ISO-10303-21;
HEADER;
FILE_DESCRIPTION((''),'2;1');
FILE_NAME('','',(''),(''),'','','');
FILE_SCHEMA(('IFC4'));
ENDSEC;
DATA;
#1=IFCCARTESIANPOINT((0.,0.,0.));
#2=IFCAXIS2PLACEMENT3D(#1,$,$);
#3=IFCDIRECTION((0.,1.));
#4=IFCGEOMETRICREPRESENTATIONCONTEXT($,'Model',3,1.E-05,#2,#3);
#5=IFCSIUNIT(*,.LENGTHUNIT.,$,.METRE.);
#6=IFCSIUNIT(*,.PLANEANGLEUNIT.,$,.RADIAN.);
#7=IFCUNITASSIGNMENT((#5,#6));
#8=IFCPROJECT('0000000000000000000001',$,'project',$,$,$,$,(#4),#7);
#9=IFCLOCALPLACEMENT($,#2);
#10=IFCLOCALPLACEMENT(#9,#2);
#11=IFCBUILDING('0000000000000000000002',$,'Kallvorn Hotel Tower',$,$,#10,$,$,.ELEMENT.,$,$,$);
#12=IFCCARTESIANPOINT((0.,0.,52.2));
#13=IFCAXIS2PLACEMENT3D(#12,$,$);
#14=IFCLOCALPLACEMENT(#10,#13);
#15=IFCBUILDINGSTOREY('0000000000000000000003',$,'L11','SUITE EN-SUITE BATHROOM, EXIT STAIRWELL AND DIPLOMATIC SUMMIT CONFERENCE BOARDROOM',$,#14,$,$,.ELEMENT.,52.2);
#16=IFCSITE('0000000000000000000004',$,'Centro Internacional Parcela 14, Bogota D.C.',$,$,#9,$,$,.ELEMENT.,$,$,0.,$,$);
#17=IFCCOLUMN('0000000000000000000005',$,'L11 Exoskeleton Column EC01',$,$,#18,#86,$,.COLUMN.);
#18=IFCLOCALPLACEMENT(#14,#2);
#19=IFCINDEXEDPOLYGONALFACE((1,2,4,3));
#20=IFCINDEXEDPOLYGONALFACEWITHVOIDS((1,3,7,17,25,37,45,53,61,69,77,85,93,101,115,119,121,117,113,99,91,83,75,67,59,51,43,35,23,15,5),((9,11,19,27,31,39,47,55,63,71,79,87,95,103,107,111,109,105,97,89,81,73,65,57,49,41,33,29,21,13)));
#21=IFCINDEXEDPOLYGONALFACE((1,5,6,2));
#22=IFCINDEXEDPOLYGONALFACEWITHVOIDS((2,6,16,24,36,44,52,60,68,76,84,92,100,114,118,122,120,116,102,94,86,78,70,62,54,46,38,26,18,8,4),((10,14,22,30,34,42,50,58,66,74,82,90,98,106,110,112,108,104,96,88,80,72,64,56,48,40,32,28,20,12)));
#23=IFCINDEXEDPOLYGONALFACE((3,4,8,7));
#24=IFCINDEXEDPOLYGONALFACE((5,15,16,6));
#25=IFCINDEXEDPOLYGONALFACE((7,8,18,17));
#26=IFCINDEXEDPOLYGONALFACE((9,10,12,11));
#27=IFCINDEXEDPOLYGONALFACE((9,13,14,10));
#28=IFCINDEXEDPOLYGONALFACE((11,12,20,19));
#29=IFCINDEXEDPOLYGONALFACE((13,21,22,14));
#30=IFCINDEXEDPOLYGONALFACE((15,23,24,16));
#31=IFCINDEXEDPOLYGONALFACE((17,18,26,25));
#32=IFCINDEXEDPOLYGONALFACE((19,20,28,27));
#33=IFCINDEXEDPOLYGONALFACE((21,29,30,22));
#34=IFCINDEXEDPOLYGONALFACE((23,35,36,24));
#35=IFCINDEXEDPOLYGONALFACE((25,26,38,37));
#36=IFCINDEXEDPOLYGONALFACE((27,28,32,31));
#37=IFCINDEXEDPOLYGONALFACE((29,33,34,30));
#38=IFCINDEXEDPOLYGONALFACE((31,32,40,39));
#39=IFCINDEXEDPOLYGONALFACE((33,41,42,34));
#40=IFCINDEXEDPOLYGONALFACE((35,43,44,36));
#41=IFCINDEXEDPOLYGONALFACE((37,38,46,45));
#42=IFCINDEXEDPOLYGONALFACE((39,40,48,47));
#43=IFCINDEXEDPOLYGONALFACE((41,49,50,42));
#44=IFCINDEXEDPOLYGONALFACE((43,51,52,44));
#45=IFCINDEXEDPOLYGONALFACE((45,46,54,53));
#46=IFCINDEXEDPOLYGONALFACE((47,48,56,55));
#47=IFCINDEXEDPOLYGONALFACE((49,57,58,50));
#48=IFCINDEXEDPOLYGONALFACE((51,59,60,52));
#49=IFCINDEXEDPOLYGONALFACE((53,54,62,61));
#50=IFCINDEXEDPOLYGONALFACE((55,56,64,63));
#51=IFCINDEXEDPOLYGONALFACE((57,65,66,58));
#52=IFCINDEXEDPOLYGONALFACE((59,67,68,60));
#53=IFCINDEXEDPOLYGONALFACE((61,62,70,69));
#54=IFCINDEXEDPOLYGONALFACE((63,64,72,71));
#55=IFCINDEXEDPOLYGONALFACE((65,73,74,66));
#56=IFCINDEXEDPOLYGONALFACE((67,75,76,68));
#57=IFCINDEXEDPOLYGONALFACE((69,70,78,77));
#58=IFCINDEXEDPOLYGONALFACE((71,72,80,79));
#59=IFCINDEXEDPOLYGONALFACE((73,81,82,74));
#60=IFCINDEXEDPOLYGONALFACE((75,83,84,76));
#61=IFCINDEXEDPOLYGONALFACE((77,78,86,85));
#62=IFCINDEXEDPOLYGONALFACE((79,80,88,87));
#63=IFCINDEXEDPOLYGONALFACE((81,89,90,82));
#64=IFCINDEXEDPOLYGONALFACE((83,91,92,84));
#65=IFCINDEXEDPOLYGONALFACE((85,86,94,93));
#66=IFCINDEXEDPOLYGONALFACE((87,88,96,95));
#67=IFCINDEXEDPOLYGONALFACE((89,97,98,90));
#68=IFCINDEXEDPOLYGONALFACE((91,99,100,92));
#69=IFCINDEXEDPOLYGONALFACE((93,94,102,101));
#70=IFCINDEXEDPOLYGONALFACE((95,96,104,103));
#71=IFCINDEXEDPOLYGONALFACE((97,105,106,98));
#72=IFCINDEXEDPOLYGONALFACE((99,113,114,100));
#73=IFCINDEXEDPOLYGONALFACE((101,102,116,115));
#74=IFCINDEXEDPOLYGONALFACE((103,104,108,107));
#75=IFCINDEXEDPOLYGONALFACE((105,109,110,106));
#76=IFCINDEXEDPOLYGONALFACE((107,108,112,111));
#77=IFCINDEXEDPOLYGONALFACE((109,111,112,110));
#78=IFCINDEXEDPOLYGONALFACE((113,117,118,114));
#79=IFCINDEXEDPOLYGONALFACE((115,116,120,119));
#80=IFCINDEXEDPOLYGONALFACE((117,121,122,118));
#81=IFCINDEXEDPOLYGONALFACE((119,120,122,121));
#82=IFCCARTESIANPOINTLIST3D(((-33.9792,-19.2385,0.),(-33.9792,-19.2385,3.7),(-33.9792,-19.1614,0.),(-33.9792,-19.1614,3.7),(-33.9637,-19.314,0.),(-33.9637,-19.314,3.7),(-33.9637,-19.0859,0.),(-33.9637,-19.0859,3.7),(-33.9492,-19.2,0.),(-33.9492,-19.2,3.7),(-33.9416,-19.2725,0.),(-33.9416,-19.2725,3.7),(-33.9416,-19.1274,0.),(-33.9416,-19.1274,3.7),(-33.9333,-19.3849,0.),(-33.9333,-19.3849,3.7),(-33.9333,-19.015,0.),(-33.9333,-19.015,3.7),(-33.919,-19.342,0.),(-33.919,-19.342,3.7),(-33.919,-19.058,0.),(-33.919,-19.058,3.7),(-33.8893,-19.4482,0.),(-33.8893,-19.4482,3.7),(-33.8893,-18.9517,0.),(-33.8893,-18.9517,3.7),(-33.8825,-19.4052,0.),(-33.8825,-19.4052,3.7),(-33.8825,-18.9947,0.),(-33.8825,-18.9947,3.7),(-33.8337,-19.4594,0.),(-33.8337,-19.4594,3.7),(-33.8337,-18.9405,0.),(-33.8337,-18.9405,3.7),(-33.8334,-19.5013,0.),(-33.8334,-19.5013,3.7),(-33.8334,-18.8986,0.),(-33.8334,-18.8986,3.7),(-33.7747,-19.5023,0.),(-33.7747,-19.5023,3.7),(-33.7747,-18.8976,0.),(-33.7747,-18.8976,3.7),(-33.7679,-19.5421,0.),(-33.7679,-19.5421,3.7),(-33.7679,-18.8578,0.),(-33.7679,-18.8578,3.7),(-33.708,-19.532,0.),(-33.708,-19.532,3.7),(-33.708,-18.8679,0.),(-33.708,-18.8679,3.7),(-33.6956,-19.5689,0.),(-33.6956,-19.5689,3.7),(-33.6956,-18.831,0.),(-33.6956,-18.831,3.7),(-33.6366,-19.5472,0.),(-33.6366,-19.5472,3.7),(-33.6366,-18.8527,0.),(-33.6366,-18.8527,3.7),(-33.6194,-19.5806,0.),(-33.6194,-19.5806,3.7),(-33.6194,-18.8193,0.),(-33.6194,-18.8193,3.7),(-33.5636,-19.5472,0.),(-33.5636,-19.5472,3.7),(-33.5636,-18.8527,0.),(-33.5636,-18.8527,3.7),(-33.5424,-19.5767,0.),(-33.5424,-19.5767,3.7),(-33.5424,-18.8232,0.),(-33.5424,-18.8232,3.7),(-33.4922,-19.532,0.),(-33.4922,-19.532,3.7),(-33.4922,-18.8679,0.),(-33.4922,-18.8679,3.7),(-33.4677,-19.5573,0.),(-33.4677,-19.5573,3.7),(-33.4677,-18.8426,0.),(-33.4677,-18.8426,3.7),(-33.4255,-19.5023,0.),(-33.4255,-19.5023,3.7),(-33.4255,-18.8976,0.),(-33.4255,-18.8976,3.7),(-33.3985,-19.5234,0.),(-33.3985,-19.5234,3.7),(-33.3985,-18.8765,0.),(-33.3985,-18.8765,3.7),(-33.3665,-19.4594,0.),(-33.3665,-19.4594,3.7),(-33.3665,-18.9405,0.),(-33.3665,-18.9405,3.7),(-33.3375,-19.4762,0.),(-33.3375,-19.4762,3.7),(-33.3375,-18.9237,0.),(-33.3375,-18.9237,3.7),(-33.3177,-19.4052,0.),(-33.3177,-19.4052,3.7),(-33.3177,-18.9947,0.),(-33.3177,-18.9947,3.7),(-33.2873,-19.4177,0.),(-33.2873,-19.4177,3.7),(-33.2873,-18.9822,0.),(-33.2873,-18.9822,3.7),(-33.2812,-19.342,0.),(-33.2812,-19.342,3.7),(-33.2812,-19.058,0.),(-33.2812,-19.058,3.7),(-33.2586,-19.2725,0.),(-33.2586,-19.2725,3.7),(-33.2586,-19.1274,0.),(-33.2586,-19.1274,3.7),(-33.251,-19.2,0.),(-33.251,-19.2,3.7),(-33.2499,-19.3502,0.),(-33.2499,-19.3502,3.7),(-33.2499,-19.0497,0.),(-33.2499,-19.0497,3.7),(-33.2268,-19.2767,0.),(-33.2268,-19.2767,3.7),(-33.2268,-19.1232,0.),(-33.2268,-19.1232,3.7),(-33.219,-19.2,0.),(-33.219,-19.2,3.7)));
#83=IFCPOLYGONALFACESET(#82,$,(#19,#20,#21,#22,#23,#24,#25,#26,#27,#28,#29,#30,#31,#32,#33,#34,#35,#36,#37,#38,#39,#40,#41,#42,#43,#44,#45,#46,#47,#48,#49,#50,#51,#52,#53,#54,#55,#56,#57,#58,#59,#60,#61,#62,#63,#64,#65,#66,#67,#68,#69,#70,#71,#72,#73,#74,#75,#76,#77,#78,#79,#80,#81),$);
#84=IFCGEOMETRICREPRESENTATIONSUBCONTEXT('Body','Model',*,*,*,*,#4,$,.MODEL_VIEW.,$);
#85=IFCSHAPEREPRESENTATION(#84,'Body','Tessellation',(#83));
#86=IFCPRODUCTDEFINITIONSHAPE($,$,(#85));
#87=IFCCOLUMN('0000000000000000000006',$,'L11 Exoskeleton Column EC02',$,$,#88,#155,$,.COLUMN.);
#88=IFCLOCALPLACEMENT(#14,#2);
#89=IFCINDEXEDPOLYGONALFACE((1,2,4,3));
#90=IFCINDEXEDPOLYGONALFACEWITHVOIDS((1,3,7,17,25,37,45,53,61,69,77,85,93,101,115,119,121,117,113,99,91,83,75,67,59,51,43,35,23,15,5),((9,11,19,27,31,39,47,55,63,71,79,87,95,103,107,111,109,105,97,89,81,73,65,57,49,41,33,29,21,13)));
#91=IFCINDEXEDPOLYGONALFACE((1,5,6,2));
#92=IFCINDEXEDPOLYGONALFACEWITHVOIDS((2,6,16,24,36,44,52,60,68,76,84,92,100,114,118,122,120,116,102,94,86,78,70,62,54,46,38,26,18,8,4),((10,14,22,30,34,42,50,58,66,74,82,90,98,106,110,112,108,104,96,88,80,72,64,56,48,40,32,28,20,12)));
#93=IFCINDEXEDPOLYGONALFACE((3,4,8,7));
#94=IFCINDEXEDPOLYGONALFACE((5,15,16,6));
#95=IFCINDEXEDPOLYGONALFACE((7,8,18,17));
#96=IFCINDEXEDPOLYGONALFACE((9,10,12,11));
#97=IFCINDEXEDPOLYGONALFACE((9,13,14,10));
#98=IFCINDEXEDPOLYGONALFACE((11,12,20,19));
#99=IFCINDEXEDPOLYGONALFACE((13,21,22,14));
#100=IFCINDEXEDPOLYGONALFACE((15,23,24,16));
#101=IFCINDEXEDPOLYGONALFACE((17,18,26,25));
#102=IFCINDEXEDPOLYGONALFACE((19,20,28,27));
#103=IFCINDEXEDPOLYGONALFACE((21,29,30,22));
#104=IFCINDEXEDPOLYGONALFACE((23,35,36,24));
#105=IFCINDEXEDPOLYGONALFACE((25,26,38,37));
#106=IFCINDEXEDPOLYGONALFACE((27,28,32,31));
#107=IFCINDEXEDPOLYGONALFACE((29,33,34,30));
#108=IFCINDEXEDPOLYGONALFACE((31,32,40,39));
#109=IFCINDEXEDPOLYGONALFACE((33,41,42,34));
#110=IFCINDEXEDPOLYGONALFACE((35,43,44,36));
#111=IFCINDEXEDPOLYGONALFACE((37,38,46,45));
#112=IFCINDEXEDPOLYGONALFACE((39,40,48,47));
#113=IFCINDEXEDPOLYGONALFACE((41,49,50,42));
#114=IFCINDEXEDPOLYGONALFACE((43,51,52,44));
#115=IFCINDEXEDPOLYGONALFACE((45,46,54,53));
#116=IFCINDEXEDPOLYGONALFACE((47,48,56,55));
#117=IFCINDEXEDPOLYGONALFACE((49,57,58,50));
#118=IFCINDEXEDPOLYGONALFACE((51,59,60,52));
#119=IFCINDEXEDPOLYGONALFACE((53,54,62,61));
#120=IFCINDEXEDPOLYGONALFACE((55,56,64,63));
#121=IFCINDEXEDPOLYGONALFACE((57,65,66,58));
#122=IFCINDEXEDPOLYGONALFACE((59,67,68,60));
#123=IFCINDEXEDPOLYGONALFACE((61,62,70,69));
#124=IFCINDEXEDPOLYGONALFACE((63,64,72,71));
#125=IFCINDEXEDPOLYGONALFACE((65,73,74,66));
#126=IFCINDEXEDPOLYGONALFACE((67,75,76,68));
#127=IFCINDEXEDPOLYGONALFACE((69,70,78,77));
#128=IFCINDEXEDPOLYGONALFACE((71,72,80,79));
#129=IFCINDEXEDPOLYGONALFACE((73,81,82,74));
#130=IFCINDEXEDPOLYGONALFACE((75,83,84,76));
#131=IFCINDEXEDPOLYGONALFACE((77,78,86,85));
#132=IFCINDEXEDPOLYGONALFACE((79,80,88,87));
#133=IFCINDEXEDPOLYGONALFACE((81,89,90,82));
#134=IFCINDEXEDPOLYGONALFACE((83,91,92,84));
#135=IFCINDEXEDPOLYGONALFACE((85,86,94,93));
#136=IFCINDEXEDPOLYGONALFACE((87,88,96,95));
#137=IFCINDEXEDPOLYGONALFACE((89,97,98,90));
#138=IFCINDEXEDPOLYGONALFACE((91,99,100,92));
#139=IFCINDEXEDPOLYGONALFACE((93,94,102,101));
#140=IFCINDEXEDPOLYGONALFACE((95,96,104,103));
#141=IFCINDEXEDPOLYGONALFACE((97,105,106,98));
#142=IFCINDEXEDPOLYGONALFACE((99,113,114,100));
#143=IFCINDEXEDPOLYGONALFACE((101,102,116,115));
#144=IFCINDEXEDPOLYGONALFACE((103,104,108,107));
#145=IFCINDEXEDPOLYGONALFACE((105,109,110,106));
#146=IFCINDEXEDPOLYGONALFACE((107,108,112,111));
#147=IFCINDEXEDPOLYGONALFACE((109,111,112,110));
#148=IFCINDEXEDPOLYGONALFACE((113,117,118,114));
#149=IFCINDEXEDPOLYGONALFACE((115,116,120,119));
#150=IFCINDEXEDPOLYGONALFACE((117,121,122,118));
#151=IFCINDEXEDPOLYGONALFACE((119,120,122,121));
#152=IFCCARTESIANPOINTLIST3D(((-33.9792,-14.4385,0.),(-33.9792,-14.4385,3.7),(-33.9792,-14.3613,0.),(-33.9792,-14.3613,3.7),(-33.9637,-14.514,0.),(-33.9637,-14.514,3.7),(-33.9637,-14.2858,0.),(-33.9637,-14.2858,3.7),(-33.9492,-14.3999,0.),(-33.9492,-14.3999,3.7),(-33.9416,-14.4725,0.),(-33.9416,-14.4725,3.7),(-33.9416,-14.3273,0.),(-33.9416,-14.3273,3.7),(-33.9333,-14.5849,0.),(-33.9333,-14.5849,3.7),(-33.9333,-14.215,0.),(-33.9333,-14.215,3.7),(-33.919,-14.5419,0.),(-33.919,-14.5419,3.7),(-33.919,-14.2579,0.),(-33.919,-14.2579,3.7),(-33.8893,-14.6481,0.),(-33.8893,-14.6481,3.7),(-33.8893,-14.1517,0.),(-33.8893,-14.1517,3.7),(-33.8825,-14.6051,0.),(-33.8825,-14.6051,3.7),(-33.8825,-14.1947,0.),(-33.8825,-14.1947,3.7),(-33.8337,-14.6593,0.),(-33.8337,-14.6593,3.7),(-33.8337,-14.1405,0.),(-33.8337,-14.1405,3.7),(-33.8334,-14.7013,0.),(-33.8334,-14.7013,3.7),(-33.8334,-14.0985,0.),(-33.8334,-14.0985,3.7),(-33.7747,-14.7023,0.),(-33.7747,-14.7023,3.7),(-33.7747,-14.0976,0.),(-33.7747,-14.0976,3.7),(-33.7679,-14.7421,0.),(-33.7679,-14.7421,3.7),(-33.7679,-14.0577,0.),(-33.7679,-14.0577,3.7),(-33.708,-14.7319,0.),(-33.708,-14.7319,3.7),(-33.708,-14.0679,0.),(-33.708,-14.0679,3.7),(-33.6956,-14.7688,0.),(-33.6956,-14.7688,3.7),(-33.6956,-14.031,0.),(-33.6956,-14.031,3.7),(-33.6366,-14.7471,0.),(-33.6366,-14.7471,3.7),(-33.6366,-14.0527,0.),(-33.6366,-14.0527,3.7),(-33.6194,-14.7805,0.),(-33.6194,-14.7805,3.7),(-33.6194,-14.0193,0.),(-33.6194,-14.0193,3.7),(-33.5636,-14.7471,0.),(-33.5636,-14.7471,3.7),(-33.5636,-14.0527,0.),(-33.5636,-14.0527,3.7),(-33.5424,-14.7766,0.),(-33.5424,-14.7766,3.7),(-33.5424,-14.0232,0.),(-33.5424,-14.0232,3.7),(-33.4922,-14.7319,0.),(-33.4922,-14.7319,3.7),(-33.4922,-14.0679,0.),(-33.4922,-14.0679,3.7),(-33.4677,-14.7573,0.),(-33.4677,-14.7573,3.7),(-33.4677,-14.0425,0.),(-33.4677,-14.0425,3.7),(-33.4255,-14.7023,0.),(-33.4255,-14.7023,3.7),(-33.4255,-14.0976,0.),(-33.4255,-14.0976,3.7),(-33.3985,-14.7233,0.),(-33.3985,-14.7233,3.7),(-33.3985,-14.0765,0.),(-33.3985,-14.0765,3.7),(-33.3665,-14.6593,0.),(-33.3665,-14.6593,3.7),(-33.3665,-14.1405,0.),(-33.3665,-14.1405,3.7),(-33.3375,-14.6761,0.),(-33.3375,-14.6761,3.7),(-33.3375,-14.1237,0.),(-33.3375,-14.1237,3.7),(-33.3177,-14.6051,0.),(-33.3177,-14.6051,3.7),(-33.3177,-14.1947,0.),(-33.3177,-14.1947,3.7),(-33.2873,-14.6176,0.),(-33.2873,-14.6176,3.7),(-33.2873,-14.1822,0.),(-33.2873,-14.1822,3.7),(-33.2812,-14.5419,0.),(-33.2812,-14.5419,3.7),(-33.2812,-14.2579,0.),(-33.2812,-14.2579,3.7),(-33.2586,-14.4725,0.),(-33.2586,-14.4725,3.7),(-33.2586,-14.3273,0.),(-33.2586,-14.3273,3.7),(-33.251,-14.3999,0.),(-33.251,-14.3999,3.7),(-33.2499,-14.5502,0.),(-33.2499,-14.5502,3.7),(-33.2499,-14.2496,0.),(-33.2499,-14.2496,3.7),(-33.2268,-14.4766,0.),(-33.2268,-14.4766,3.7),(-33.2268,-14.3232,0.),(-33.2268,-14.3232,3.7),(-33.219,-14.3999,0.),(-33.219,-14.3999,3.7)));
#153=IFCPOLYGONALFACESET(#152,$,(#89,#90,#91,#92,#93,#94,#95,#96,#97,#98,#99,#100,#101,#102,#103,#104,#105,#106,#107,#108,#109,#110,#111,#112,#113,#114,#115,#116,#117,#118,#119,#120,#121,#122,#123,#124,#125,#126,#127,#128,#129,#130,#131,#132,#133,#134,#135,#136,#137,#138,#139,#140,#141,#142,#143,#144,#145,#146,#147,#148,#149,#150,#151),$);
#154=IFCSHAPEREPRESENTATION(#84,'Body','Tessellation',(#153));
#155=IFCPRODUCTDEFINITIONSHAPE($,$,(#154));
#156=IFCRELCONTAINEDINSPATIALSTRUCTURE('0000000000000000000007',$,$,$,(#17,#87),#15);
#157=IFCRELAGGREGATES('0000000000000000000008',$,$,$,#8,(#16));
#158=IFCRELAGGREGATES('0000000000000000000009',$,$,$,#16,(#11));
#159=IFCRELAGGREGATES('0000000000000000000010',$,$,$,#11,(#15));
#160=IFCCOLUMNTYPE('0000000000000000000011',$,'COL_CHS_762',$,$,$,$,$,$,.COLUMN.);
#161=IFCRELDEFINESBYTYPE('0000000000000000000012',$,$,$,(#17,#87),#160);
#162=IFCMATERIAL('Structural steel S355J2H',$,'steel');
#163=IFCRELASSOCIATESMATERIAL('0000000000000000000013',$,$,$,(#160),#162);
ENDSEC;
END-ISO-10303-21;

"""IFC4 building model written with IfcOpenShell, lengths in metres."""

from ifc_helpers import new_model, si_unit, direction, frame, origin, origin_2d, place, context, subcontext, project, spatial, hollow_circle, extrude, material, material_profile, profile_set, type_object, element, save


model = new_model("IFC4")

# Units and contexts
model_context = context("Model", 3, precision=1e-05, world=origin(), true_north=direction((0.0, 1.0)))
body_context = subcontext(model_context, "Body", "Model", "MODEL_VIEW")
ifc_project = project(units=[si_unit("LENGTHUNIT", "METRE"), si_unit("PLANEANGLEUNIT", "RADIAN")], contexts=[model_context])

# Site, building, storey
site_placement = place(None, origin())
site = spatial("IfcSite", under=ifc_project, at=site_placement, Name="Centro Internacional Parcela 14, Bogota D.C.", CompositionType="ELEMENT", RefElevation=0.0)
building_placement = place(site_placement, origin())
building = spatial("IfcBuilding", under=site, at=building_placement, Name="Kallvorn Hotel Tower", CompositionType="ELEMENT")
storey_placement = place(building_placement, frame((0.0, 0.0, 52.2)))
storey = spatial("IfcBuildingStorey", under=building, at=storey_placement, Name="L11", Description="SUITE EN-SUITE BATHROOM, EXIT STAIRWELL AND DIPLOMATIC SUMMIT CONFERENCE BOARDROOM", CompositionType="ELEMENT", Elevation=52.2)

# Columns
ifc_material_1 = material(Name="Structural steel S355J2H", Category="steel")
ifc_material_profile_1 = material_profile(ifc_material_1, hollow_circle(Radius=0.3811, WallThickness=0.032, at=origin_2d()), Name="CHS 762x32")
ifc_profile_set_1 = profile_set([ifc_material_profile_1], Name="Structural steel S355J2H")
column_type = type_object("IfcColumnType", Name="COL_CHS_762", PredefinedType="COLUMN", material=ifc_profile_set_1)
for number, where, z_axis, x_axis, name in (
    (1, (-33.6001, -19.2, 0.0), (0.0, 0.0, 1.0), (1.0, 0.0, 0.0), "L11 Exoskeleton Column EC01"),
    (2, (-33.6001, -14.3999, 0.0), (0.0, 0.0, 1.0), (1.0, 0.0, 0.0), "L11 Exoskeleton Column EC02"),
):
    element("IfcColumn", number, at=place(storey_placement, frame(where, z_axis=z_axis, x_axis=x_axis)), inside=storey, type_object=column_type, Name=name, PredefinedType="COLUMN", context=body_context, shape_type="SweptSolid", body=[
        extrude(hollow_circle(Radius=0.3811, WallThickness=0.032, at=origin_2d()), origin(), (0.0, 0.0, 1.0), 3.7),
    ])

save(model, "model.ifc")
